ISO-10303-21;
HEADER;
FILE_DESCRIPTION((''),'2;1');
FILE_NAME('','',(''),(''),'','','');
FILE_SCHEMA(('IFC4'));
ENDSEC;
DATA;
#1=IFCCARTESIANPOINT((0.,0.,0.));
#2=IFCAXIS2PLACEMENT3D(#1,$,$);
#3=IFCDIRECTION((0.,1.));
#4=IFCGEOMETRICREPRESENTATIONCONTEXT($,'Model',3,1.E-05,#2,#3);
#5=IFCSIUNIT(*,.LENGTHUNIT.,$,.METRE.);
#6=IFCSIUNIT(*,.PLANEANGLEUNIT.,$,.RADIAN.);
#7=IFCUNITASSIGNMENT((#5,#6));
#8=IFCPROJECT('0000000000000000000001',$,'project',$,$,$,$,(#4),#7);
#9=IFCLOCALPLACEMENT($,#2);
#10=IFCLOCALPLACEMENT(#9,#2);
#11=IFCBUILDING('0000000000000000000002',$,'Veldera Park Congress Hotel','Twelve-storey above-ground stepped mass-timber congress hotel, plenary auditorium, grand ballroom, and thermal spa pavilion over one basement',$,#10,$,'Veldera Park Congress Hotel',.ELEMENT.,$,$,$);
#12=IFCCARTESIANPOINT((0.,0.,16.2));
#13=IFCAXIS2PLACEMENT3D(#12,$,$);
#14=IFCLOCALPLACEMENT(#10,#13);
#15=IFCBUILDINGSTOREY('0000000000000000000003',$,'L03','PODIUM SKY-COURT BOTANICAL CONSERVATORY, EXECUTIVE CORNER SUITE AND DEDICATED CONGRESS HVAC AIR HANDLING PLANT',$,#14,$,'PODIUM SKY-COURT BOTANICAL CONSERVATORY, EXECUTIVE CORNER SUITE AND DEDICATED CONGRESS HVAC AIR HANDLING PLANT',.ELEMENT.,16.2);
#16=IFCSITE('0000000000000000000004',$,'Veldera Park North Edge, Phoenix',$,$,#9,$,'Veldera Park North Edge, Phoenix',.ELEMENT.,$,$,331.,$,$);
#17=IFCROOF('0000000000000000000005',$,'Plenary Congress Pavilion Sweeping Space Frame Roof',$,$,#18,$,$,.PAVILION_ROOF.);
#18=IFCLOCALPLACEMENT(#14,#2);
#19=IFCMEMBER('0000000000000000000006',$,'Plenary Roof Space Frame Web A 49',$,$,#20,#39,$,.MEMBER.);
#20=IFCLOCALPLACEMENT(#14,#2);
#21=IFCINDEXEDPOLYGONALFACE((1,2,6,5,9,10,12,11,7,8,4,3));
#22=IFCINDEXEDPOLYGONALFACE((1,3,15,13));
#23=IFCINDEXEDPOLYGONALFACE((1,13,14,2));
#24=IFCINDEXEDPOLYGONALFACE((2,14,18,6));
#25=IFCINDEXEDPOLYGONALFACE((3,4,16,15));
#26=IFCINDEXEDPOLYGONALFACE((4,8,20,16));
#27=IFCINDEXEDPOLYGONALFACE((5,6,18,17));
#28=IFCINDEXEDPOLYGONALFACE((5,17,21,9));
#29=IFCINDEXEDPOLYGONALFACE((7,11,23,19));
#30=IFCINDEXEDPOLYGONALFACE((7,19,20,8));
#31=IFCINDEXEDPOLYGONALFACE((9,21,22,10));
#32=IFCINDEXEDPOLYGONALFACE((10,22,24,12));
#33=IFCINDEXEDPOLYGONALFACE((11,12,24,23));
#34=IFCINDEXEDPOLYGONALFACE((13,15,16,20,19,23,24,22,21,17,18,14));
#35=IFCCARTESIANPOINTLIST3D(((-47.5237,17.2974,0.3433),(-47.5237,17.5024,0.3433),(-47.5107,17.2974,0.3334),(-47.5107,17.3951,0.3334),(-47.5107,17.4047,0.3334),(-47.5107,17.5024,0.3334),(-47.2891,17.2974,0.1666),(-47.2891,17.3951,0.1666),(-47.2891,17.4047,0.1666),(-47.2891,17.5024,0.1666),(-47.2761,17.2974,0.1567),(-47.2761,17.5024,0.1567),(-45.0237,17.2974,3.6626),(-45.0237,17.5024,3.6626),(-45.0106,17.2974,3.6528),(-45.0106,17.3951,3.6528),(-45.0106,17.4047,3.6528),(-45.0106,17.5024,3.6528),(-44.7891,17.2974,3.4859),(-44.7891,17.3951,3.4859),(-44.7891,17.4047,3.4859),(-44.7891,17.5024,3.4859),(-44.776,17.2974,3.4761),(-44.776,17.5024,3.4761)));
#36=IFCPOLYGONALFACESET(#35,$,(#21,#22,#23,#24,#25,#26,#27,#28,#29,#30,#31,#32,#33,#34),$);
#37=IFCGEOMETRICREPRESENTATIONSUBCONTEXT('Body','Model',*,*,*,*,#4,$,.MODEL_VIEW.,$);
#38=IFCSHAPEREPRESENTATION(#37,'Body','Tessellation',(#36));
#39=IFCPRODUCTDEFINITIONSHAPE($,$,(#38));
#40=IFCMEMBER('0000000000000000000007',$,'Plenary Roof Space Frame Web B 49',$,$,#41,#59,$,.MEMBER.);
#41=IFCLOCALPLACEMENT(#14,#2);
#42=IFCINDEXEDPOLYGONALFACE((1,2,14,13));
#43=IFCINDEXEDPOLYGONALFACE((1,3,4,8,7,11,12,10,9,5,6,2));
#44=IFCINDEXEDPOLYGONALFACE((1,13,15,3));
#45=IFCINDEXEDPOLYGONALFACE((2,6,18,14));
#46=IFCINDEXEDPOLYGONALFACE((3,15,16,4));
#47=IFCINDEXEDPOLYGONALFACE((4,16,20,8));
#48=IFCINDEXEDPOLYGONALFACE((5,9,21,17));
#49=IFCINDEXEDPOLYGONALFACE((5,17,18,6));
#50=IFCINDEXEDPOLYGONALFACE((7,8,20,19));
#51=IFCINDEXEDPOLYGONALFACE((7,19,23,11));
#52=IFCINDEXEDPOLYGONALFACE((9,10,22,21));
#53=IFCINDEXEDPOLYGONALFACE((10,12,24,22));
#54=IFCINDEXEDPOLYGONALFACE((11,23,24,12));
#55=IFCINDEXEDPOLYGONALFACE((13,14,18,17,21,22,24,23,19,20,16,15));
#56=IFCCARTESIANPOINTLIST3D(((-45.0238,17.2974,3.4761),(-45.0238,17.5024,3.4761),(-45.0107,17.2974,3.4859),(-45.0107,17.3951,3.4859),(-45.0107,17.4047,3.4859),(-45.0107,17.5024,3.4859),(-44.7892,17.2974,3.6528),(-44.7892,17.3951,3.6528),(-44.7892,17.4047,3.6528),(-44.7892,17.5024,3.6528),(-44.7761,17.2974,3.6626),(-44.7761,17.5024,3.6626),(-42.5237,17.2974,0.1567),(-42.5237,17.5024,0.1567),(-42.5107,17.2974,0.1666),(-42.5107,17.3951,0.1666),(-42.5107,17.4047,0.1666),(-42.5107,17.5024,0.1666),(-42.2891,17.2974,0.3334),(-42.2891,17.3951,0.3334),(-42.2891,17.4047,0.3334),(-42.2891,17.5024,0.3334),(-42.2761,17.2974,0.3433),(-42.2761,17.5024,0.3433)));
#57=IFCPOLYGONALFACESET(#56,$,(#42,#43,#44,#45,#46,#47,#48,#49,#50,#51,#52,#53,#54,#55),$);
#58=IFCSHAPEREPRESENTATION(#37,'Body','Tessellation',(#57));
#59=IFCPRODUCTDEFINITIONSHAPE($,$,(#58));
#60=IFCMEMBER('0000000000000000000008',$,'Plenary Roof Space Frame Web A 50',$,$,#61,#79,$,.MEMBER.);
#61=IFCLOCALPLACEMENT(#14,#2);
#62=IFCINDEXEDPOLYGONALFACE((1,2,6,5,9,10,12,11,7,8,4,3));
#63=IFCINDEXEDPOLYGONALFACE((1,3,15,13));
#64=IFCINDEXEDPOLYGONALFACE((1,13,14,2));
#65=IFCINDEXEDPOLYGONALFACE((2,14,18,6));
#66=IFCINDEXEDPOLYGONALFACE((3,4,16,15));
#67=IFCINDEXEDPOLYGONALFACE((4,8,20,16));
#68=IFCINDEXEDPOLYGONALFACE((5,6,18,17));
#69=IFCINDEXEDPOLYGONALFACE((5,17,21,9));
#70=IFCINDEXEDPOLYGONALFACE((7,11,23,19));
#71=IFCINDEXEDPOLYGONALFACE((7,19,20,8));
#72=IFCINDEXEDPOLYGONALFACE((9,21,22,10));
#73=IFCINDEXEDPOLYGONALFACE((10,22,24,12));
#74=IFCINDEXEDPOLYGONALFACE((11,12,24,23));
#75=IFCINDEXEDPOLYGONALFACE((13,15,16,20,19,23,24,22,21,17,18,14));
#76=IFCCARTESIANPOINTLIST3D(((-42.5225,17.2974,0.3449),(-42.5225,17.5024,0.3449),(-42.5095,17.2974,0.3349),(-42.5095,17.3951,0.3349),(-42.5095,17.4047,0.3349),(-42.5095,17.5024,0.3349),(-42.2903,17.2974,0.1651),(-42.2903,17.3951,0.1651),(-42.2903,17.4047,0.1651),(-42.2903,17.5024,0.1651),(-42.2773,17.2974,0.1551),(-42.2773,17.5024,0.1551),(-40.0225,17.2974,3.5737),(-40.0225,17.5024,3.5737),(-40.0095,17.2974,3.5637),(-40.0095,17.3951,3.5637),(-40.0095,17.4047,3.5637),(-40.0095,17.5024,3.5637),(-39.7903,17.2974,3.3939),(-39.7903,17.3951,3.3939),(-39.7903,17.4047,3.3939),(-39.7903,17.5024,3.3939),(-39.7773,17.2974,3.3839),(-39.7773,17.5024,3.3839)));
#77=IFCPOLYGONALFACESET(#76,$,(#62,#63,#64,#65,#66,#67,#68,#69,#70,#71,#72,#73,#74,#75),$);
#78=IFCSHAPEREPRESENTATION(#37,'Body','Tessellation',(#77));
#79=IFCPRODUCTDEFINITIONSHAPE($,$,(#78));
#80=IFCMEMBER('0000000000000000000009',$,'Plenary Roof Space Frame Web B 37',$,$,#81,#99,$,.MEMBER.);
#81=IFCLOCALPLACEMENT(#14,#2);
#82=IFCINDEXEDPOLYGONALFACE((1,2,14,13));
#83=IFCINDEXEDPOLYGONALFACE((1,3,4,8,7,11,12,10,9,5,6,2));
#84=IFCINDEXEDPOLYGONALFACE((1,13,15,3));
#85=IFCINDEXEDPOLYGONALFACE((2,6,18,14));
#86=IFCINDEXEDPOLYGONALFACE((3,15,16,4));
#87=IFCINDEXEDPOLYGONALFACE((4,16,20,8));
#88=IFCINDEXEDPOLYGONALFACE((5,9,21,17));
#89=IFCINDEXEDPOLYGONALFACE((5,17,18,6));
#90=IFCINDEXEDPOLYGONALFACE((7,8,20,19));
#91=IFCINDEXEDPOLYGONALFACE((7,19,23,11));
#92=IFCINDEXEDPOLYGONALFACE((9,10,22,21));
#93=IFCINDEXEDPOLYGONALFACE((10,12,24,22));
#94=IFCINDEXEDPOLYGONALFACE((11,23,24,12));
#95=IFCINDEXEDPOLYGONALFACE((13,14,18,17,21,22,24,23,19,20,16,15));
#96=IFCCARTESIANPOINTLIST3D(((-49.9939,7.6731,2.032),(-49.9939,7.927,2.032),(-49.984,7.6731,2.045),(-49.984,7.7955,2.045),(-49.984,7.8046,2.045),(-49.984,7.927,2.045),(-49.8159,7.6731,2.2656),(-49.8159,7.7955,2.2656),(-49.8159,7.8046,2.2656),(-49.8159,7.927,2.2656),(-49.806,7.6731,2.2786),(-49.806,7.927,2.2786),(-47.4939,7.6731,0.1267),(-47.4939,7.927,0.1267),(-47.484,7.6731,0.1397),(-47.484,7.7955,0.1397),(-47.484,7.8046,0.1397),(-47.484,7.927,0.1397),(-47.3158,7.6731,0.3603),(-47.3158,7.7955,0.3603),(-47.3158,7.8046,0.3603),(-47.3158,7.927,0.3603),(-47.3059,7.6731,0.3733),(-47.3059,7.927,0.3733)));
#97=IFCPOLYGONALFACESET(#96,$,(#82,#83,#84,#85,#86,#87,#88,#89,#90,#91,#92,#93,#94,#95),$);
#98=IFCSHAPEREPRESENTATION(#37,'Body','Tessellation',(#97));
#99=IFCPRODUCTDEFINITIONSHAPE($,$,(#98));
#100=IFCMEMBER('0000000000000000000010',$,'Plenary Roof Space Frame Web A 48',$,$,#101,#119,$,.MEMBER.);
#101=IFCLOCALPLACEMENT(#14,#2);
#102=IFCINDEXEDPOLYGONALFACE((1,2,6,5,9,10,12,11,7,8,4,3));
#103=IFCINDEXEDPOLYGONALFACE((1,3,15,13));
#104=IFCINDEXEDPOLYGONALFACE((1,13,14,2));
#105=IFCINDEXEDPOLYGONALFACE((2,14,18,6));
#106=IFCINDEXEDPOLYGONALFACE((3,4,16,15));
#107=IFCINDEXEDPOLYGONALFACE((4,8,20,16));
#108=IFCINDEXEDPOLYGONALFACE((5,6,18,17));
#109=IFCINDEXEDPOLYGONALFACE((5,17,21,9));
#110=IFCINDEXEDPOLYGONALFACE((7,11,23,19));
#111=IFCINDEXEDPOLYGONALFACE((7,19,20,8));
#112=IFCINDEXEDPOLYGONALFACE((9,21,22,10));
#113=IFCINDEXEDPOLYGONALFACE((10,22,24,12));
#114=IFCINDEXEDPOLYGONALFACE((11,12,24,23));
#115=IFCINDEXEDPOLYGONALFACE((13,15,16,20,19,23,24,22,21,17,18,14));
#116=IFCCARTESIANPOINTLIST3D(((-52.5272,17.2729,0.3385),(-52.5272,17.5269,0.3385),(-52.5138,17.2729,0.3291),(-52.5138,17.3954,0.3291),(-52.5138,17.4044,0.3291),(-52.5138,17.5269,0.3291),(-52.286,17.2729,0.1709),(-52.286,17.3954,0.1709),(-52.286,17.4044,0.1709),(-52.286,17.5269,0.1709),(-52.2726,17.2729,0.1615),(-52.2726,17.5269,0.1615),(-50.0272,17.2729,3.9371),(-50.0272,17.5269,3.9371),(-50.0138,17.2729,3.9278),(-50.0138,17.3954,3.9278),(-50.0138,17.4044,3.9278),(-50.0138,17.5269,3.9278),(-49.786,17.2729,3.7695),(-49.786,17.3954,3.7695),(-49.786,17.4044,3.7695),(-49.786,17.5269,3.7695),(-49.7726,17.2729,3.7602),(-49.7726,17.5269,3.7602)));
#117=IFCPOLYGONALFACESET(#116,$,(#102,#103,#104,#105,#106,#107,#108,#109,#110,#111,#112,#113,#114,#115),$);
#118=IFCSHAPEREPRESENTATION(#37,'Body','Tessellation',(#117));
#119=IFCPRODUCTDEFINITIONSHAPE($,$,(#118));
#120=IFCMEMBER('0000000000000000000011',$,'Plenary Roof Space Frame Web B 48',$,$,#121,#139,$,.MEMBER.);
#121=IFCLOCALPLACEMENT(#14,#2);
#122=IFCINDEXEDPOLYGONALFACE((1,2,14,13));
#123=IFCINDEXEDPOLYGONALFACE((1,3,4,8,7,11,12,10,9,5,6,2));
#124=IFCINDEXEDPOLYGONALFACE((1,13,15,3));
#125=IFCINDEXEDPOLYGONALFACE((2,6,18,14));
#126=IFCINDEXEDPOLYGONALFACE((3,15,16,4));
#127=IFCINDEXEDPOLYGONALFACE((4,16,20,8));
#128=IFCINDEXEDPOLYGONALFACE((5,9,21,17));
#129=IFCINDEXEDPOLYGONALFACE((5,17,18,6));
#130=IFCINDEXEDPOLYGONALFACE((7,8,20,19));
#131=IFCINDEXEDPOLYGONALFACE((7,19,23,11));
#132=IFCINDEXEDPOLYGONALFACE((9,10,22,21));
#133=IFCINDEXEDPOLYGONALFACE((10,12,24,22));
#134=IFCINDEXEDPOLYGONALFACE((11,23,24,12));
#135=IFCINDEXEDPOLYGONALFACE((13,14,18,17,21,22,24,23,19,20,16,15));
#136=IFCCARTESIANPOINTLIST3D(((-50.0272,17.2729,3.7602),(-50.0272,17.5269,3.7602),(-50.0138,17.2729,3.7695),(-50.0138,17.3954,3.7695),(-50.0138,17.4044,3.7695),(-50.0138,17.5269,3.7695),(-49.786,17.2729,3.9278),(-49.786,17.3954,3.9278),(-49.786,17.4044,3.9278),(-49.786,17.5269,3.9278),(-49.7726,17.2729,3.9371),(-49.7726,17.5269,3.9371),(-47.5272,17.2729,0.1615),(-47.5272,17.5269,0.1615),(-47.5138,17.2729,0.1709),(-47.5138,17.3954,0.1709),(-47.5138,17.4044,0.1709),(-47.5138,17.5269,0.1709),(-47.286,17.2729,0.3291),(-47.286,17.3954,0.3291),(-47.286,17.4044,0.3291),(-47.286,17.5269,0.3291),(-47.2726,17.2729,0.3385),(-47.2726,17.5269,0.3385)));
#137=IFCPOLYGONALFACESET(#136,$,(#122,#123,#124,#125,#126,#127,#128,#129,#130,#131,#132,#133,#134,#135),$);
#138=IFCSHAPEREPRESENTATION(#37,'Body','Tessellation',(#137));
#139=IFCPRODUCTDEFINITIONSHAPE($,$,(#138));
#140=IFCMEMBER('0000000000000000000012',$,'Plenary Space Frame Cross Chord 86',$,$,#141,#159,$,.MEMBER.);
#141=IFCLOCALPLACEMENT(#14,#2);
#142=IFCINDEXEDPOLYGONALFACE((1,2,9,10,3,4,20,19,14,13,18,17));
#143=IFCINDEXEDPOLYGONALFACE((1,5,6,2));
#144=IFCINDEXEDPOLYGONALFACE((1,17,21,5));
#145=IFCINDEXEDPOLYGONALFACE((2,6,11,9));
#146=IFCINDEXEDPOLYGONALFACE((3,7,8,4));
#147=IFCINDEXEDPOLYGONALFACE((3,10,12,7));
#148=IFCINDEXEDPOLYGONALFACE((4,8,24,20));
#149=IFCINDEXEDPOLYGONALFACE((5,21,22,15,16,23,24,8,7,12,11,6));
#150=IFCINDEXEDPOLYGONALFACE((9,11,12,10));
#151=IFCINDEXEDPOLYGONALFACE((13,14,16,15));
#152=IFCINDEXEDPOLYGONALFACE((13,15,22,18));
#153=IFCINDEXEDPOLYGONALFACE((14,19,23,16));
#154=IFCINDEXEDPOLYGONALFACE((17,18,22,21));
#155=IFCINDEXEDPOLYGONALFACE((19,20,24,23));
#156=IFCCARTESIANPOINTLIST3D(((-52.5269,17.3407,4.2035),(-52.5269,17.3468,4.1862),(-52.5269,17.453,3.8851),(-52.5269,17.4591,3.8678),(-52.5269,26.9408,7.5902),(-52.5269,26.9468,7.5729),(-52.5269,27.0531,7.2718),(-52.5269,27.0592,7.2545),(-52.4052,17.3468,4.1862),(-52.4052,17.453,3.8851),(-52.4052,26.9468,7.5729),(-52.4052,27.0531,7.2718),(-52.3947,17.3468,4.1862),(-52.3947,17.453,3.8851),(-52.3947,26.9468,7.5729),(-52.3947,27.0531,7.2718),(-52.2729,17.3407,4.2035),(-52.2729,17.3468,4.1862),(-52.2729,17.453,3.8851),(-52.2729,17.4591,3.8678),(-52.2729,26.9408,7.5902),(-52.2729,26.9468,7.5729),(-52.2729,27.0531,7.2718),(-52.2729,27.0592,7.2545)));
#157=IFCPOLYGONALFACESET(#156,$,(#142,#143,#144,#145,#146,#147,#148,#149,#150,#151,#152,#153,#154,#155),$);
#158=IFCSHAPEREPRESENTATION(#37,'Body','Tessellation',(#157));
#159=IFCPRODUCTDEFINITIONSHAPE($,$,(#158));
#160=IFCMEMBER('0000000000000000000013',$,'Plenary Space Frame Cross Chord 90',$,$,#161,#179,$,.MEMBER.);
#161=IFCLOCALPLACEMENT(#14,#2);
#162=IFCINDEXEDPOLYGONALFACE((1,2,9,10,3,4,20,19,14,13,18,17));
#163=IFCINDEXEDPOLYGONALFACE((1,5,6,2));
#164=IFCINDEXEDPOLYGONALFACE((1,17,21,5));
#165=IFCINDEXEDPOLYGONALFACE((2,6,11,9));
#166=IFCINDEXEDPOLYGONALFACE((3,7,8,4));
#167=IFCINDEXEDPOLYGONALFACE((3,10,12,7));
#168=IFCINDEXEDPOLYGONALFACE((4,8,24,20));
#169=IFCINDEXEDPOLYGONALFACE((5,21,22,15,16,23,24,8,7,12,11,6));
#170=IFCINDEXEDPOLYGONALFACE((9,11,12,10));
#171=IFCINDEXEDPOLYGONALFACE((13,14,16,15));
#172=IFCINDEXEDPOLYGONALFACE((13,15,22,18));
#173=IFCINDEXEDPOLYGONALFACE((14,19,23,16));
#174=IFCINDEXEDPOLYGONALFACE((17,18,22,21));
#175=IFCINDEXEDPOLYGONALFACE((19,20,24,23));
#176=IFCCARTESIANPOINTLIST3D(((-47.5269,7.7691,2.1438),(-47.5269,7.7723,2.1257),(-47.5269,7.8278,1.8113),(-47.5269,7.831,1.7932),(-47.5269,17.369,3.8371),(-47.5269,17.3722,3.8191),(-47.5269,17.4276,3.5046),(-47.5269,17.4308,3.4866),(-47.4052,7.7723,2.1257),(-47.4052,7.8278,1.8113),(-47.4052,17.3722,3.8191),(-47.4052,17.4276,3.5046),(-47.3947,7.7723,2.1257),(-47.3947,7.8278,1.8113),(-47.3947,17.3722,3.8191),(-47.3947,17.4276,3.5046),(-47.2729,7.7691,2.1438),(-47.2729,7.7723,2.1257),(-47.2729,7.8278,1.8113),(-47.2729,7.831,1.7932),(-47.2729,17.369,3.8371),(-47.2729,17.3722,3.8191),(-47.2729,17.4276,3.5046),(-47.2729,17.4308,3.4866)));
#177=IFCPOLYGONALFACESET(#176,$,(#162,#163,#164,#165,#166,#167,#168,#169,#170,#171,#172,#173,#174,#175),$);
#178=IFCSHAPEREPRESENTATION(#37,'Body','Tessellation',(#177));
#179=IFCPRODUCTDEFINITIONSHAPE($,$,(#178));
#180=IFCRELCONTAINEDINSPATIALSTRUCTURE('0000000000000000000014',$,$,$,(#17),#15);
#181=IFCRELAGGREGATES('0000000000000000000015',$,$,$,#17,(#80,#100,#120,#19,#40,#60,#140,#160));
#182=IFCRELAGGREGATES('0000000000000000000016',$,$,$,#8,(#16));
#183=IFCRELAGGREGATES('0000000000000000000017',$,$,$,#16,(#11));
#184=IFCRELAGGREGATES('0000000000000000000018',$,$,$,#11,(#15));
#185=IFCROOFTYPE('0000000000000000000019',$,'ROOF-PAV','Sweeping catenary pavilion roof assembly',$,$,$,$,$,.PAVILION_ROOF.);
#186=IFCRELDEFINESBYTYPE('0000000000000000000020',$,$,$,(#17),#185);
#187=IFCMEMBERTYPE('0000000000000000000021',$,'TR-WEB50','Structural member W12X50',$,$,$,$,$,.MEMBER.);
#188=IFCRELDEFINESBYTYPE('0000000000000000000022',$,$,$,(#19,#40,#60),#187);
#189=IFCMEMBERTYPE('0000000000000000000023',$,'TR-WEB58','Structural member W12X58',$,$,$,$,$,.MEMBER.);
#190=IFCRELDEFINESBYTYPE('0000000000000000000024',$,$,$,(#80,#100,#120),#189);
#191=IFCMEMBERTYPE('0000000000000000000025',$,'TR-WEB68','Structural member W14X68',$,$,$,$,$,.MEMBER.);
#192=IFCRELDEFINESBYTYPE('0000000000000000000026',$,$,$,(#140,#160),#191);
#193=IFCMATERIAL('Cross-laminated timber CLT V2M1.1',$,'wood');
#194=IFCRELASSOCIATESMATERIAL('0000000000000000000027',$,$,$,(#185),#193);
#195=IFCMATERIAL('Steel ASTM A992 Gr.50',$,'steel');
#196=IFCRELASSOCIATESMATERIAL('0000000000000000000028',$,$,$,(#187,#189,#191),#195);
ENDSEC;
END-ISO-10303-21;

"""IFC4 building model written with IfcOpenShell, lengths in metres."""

from ifc_helpers import new_model, si_unit, direction, frame, origin, origin_2d, place, context, subcontext, project, spatial, i_section, extrude, material, material_profile, profile_set, type_object, element, aggregate, save


model = new_model("IFC4")

# Units and contexts
model_context = context("Model", 3, precision=1e-05, world=origin(), true_north=direction((0.0, 1.0)))
body_context = subcontext(model_context, "Body", "Model", "MODEL_VIEW")
ifc_project = project(units=[si_unit("LENGTHUNIT", "METRE"), si_unit("PLANEANGLEUNIT", "RADIAN")], contexts=[model_context])

# Site, building, storey
site_placement = place(None, origin())
site = spatial("IfcSite", under=ifc_project, at=site_placement, Name="Veldera Park North Edge, Phoenix", LongName="Veldera Park North Edge, Phoenix", CompositionType="ELEMENT", RefElevation=331.0)
building_placement = place(site_placement, origin())
building = spatial("IfcBuilding", under=site, at=building_placement, Name="Veldera Park Congress Hotel", Description="Twelve-storey above-ground stepped mass-timber congress hotel, plenary auditorium, grand ballroom, and thermal spa pavilion over one basement", LongName="Veldera Park Congress Hotel", CompositionType="ELEMENT")
storey_placement = place(building_placement, frame((0.0, 0.0, 16.2)))
storey = spatial("IfcBuildingStorey", under=building, at=storey_placement, Name="L03", Description="PODIUM SKY-COURT BOTANICAL CONSERVATORY, EXECUTIVE CORNER SUITE AND DEDICATED CONGRESS HVAC AIR HANDLING PLANT", LongName="PODIUM SKY-COURT BOTANICAL CONSERVATORY, EXECUTIVE CORNER SUITE AND DEDICATED CONGRESS HVAC AIR HANDLING PLANT", CompositionType="ELEMENT", Elevation=16.2)

# Roof, members
ifc_material_1 = material(Name="Cross-laminated timber CLT V2M1.1", Category="wood")
roof_type = type_object("IfcRoofType", Name="ROOF-PAV", Description="Sweeping catenary pavilion roof assembly", PredefinedType="PAVILION_ROOF", material=ifc_material_1)
roof_placement = place(storey_placement, origin())
roof = element("IfcRoof", 1, at=roof_placement, inside=storey, type_object=roof_type, Name="Plenary Congress Pavilion Sweeping Space Frame Roof", PredefinedType="PAVILION_ROOF")
ifc_material_2 = material(Name="Steel ASTM A992 Gr.50", Category="steel")
ifc_material_profile_1 = material_profile(ifc_material_2, i_section(OverallWidth=0.2051, OverallDepth=0.3101, WebThickness=0.0095, FlangeThickness=0.0164, at=origin_2d()), Name="W12X50")
ifc_profile_set_1 = profile_set([ifc_material_profile_1], Name="Steel ASTM A992 Gr.50")
member_type_1 = type_object("IfcMemberType", Name="TR-WEB50", Description="Structural member W12X50", PredefinedType="MEMBER", material=ifc_profile_set_1)
member_1_placement = place(storey_placement, frame((-47.3999, 17.3999, 0.25), z_axis=(0.601616, 0.0, 0.798786), x_axis=(0.0, 1.0, 0.0)))
member_1 = element("IfcMember", 2, at=member_1_placement, type_object=member_type_1, Name="Plenary Roof Space Frame Web A 49", PredefinedType="MEMBER", context=body_context, shape_type="SweptSolid", body=[
    extrude(i_section(OverallWidth=0.2051, OverallDepth=0.3101, WebThickness=0.0095, FlangeThickness=0.0164, at=origin_2d()), origin(), (0.0, 0.0, 1.0), 4.1555),
])
member_2_placement = place(storey_placement, frame((-42.3999, 17.3999, 0.25), z_axis=(-0.601616, 0.0, 0.798786), x_axis=(0.0, -1.0, 0.0)))
member_2 = element("IfcMember", 3, at=member_2_placement, type_object=member_type_1, Name="Plenary Roof Space Frame Web B 49", PredefinedType="MEMBER", context=body_context, shape_type="SweptSolid", body=[
    extrude(i_section(OverallWidth=0.2051, OverallDepth=0.3101, WebThickness=0.0095, FlangeThickness=0.0164, at=origin_2d()), origin(), (0.0, 0.0, 1.0), 4.1555),
])
member_3_placement = place(storey_placement, frame((-42.3999, 17.3999, 0.25), z_axis=(0.612221, 0.0, 0.790686), x_axis=(0.0, 1.0, 0.0)))
member_3 = element("IfcMember", 4, at=member_3_placement, type_object=member_type_1, Name="Plenary Roof Space Frame Web A 50", PredefinedType="MEMBER", context=body_context, shape_type="SweptSolid", body=[
    extrude(i_section(OverallWidth=0.2051, OverallDepth=0.3101, WebThickness=0.0095, FlangeThickness=0.0164, at=origin_2d()), origin(), (0.0, 0.0, 1.0), 4.0835),
])
ifc_material_profile_2 = material_profile(ifc_material_2, i_section(OverallWidth=0.2539, OverallDepth=0.3101, WebThickness=0.009, FlangeThickness=0.0164, at=origin_2d()), Name="W12X58")
ifc_profile_set_2 = profile_set([ifc_material_profile_2], Name="Steel ASTM A992 Gr.50")
member_type_2 = type_object("IfcMemberType", Name="TR-WEB58", Description="Structural member W12X58", PredefinedType="MEMBER", material=ifc_profile_set_2)
member_4_placement = place(storey_placement, frame((-47.3999, 7.8, 0.25), z_axis=(-0.795353, 0.0, 0.606146), x_axis=(0.0, -1.0, 0.0)))
member_4 = element("IfcMember", 5, at=member_4_placement, type_object=member_type_2, Name="Plenary Roof Space Frame Web B 37", PredefinedType="MEMBER", context=body_context, shape_type="SweptSolid", body=[
    extrude(i_section(OverallWidth=0.2539, OverallDepth=0.3101, WebThickness=0.009, FlangeThickness=0.0164, at=origin_2d()), origin(), (0.0, 0.0, 1.0), 3.1433),
])
member_5_placement = place(storey_placement, frame((-52.3999, 17.3999, 0.25), z_axis=(0.570542, 0.0, 0.821268), x_axis=(0.0, 1.0, 0.0)))
member_5 = element("IfcMember", 6, at=member_5_placement, type_object=member_type_2, Name="Plenary Roof Space Frame Web A 48", PredefinedType="MEMBER", context=body_context, shape_type="SweptSolid", body=[
    extrude(i_section(OverallWidth=0.2539, OverallDepth=0.3101, WebThickness=0.009, FlangeThickness=0.0164, at=origin_2d()), origin(), (0.0, 0.0, 1.0), 4.3818),
])
member_6_placement = place(storey_placement, frame((-47.3999, 17.3999, 0.25), z_axis=(-0.570542, 0.0, 0.821268), x_axis=(0.0, -1.0, 0.0)))
member_6 = element("IfcMember", 7, at=member_6_placement, type_object=member_type_2, Name="Plenary Roof Space Frame Web B 48", PredefinedType="MEMBER", context=body_context, shape_type="SweptSolid", body=[
    extrude(i_section(OverallWidth=0.2539, OverallDepth=0.3101, WebThickness=0.009, FlangeThickness=0.0164, at=origin_2d()), origin(), (0.0, 0.0, 1.0), 4.3818),
])
ifc_material_profile_3 = material_profile(ifc_material_2, i_section(OverallWidth=0.2539, OverallDepth=0.356, WebThickness=0.0105, FlangeThickness=0.0183, at=origin_2d()), Name="W14X68")
ifc_profile_set_3 = profile_set([ifc_material_profile_3], Name="Steel ASTM A992 Gr.50")
member_type_3 = type_object("IfcMemberType", Name="TR-WEB68", Description="Structural member W14X68", PredefinedType="MEMBER", material=ifc_profile_set_3)
member_7_placement = place(storey_placement, frame((-52.3999, 17.3999, 4.0356), z_axis=(0.0, 0.943038, 0.332685), x_axis=(-1.0, 0.0, 0.0)))
member_7 = element("IfcMember", 8, at=member_7_placement, type_object=member_type_3, Name="Plenary Space Frame Cross Chord 86", PredefinedType="MEMBER", context=body_context, shape_type="SweptSolid", body=[
    extrude(i_section(OverallWidth=0.2539, OverallDepth=0.356, WebThickness=0.0105, FlangeThickness=0.0183, at=origin_2d()), origin(), (0.0, 0.0, 1.0), 10.1799),
])
member_8_placement = place(storey_placement, frame((-47.3999, 7.8, 1.9685), z_axis=(0.0, 0.984796, 0.173712), x_axis=(-1.0, 0.0, 0.0)))
member_8 = element("IfcMember", 9, at=member_8_placement, type_object=member_type_3, Name="Plenary Space Frame Cross Chord 90", PredefinedType="MEMBER", context=body_context, shape_type="SweptSolid", body=[
    extrude(i_section(OverallWidth=0.2539, OverallDepth=0.356, WebThickness=0.0105, FlangeThickness=0.0183, at=origin_2d()), origin(), (0.0, 0.0, 1.0), 9.748),
])
aggregate(roof, [member_4, member_5, member_6, member_1, member_2, member_3, member_7, member_8])

save(model, "model.ifc")
